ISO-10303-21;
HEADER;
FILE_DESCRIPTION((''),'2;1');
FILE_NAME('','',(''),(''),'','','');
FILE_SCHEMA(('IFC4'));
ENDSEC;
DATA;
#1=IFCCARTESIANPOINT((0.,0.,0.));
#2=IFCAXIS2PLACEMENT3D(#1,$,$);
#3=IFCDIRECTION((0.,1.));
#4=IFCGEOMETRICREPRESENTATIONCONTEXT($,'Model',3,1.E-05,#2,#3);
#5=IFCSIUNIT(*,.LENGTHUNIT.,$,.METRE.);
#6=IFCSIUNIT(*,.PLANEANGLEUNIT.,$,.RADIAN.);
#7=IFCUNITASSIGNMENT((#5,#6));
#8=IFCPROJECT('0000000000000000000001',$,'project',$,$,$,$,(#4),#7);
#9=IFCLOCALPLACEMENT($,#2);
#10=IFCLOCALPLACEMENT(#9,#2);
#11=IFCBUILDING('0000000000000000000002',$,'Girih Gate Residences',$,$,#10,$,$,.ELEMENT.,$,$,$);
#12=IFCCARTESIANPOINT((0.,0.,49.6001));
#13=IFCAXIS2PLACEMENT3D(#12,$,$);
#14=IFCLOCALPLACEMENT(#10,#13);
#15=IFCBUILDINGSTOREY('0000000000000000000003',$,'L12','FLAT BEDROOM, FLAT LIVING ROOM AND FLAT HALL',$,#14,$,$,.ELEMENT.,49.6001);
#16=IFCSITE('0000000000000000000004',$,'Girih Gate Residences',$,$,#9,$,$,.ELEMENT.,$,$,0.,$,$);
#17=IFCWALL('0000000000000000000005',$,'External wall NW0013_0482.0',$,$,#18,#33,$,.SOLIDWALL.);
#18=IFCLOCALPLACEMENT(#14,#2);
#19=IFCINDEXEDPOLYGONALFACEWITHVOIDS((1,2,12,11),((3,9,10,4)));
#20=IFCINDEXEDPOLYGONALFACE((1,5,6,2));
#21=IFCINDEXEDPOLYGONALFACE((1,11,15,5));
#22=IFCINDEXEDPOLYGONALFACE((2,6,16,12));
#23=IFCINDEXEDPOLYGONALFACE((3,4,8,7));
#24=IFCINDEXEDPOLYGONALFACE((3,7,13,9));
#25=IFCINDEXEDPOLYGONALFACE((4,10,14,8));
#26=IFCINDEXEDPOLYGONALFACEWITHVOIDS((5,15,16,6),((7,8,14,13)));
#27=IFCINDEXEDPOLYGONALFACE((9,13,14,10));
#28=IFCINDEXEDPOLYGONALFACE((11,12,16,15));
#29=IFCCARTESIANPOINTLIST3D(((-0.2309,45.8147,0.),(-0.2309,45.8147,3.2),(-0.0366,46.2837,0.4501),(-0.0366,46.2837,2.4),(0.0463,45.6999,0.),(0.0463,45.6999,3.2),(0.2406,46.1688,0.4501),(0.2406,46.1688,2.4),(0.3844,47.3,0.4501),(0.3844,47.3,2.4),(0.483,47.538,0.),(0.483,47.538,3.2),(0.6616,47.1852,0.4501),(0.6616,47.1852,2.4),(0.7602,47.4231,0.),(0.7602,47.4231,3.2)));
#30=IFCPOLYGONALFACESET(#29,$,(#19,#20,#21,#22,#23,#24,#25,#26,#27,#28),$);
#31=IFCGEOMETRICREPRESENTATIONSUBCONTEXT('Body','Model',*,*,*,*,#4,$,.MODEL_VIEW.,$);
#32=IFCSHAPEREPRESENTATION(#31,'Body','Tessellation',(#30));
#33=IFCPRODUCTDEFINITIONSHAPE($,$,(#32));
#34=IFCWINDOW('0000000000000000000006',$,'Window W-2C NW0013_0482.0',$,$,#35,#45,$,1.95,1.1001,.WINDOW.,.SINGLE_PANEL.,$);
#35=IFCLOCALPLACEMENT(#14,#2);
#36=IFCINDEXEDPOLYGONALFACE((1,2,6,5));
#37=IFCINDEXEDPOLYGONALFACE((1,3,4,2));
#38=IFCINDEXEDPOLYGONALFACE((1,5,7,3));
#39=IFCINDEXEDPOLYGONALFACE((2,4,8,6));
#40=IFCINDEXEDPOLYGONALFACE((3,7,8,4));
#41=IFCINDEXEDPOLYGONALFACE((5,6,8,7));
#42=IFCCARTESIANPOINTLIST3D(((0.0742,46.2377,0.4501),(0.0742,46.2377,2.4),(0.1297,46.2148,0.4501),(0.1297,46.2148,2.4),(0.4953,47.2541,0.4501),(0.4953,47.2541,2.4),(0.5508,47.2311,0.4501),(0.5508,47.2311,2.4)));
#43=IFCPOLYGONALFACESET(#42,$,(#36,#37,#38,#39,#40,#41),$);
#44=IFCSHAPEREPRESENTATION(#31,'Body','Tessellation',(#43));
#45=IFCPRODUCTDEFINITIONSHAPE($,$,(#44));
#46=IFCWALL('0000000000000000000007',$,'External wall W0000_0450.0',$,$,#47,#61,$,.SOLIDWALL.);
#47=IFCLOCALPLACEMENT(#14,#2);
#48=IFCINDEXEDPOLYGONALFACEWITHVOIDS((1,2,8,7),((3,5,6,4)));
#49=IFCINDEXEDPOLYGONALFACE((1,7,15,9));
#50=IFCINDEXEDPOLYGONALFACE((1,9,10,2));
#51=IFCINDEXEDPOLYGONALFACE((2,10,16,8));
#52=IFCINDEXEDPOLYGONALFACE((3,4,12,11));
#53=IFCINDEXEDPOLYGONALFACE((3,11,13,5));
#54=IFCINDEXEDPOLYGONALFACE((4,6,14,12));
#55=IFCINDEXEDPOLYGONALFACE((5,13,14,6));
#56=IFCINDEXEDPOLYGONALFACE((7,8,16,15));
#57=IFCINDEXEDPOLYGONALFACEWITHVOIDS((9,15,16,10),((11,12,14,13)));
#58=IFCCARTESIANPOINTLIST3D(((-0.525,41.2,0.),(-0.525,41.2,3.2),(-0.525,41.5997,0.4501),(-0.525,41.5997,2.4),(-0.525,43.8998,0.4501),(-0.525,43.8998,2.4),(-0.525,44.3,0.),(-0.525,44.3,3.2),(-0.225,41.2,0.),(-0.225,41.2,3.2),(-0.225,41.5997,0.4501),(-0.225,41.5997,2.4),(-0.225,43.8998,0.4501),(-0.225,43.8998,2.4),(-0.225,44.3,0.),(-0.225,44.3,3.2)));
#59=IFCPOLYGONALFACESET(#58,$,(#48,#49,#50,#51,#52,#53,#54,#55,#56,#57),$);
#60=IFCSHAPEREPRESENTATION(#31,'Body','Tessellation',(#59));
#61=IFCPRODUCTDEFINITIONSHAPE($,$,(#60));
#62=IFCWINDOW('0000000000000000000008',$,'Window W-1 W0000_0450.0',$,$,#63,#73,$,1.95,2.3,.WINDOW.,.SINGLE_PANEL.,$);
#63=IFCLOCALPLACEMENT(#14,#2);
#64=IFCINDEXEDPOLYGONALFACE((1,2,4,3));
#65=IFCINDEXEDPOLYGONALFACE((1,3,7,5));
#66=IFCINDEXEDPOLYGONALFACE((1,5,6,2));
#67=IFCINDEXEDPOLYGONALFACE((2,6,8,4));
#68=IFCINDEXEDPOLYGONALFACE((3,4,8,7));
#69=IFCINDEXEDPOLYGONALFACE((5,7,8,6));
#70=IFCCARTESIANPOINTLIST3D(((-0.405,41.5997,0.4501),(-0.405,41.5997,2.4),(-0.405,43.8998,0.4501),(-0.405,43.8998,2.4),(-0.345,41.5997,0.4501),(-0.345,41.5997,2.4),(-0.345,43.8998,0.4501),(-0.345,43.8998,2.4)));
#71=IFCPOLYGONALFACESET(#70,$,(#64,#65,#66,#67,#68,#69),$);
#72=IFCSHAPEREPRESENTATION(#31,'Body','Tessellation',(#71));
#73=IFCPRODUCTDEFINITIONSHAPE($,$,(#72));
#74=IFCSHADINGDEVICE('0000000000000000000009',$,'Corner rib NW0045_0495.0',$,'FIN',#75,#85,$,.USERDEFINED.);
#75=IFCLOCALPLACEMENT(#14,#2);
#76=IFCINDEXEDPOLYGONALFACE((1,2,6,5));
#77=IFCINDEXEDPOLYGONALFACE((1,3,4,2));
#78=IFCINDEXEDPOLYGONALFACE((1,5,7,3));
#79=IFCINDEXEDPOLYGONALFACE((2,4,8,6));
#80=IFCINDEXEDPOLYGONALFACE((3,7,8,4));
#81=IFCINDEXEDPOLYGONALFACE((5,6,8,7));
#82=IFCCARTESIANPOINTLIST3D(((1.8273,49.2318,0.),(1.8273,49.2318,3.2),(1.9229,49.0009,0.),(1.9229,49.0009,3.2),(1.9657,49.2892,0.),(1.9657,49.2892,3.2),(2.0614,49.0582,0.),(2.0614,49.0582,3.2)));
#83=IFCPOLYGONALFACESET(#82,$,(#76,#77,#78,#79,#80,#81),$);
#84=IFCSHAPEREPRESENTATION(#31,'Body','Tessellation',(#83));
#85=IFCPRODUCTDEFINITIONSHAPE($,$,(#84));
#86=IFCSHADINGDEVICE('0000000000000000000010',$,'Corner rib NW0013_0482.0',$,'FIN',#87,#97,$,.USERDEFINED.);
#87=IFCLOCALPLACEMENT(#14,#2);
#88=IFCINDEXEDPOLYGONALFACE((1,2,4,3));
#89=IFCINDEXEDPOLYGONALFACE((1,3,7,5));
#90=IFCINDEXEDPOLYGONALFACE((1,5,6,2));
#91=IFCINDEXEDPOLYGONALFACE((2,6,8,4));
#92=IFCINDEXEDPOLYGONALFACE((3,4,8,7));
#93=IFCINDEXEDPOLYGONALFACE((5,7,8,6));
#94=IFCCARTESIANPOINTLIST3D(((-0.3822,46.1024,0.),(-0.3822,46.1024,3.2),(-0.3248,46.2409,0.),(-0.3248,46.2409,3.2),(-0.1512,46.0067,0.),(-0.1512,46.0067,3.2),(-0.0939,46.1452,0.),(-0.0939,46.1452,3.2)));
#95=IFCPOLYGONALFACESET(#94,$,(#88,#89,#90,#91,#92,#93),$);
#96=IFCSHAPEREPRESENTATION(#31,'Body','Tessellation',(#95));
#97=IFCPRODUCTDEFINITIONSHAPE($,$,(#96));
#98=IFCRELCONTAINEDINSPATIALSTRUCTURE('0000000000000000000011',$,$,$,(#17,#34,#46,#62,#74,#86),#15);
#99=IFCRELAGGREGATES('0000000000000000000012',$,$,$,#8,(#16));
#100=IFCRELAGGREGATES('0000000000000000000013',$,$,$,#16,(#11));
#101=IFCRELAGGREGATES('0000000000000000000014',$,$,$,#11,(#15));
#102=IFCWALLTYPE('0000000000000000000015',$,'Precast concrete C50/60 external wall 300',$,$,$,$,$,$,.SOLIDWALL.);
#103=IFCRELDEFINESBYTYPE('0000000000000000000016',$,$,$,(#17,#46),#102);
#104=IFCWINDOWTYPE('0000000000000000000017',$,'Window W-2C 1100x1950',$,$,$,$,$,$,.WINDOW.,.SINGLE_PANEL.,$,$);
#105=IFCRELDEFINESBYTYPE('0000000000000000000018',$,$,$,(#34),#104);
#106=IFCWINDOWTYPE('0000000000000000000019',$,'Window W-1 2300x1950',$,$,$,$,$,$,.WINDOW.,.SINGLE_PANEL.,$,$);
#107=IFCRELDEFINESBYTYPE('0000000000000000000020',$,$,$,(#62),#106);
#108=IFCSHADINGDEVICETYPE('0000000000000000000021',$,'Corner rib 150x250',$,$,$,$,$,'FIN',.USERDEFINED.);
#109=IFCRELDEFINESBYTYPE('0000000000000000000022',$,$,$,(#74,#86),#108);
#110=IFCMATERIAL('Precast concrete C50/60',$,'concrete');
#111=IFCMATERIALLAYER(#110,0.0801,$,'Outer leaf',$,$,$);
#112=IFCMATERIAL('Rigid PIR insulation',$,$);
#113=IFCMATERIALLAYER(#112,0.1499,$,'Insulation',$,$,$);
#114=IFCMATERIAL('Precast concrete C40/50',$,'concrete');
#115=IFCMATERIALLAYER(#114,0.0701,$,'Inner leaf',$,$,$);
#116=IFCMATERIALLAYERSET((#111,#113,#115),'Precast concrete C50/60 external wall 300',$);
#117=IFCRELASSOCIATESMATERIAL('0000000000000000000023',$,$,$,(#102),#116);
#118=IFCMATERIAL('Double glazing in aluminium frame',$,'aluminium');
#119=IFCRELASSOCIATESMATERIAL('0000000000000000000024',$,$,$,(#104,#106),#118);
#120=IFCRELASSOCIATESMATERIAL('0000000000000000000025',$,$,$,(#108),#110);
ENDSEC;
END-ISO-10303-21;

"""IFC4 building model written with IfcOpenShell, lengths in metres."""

from ifc_helpers import new_model, si_unit, direction, frame, frame_2d, origin, origin_2d, place, context, subcontext, project, spatial, rectangle, extrude, material, layer, layer_set, type_object, element, fill, save


model = new_model("IFC4")

# Units and contexts
model_context = context("Model", 3, precision=1e-05, world=origin(), true_north=direction((0.0, 1.0)))
body_context = subcontext(model_context, "Body", "Model", "MODEL_VIEW")
ifc_project = project(units=[si_unit("LENGTHUNIT", "METRE"), si_unit("PLANEANGLEUNIT", "RADIAN")], contexts=[model_context])

# Site, building, storey
site_placement = place(None, origin())
site = spatial("IfcSite", under=ifc_project, at=site_placement, Name="Girih Gate Residences", CompositionType="ELEMENT", RefElevation=0.0)
building_placement = place(site_placement, origin())
building = spatial("IfcBuilding", under=site, at=building_placement, Name="Girih Gate Residences", CompositionType="ELEMENT")
storey_placement = place(building_placement, frame((0.0, 0.0, 49.6001)))
storey = spatial("IfcBuildingStorey", under=building, at=storey_placement, Name="L12", Description="FLAT BEDROOM, FLAT LIVING ROOM AND FLAT HALL", CompositionType="ELEMENT", Elevation=49.6001)

# Walls, openings, windows
ifc_material_1 = material(Name="Precast concrete C50/60", Category="concrete")
ifc_layer_1 = layer(ifc_material_1, 0.0801, Name="Outer leaf")
ifc_material_2 = material(Name="Rigid PIR insulation")
ifc_layer_2 = layer(ifc_material_2, 0.1499, Name="Insulation")
ifc_material_3 = material(Name="Precast concrete C40/50", Category="concrete")
ifc_layer_3 = layer(ifc_material_3, 0.0701, Name="Inner leaf")
ifc_layer_set_1 = layer_set([ifc_layer_1, ifc_layer_2, ifc_layer_3], Name="Precast concrete C50/60 external wall 300")
wall_type_1 = type_object("IfcWallType", Name="Precast concrete C50/60 external wall 300", PredefinedType="SOLIDWALL", material=ifc_layer_set_1)
ifc_material_4 = material(Name="Double glazing in aluminium frame", Category="aluminium")
window_type_1 = type_object("IfcWindowType", Name="Window W-2C 1100x1950", PartitioningType="SINGLE_PANEL", PredefinedType="WINDOW", material=ifc_material_4)
wall_1_placement = place(storey_placement, frame((-0.0923, 45.7573, 0.0), z_axis=(0.0, 0.0, 1.0), x_axis=(0.382737, 0.923857, 0.0)))
wall_1 = element("IfcWall", 1, at=wall_1_placement, inside=storey, type_object=wall_type_1, Name="External wall NW0013_0482.0", PredefinedType="SOLIDWALL", context=body_context, shape_type="SweptSolid", body=[
    extrude(rectangle(XDim=1.8652, YDim=0.3, at=frame_2d((0.9326, 0.0))), origin(), (0.0, 0.0, 1.0), 3.2),
])
opening_1_placement = place(wall_1_placement, frame((0.5076, 0.0, 0.45)))
opening_1 = element("IfcOpeningElement", 2, at=opening_1_placement, cuts=wall_1, PredefinedType="OPENING", context=body_context, shape_type="SweptSolid", body=[
    extrude(rectangle(XDim=1.1001, YDim=1.95, at=frame_2d((0.55, 0.9751))), frame((0.0, 0.1599, 0.0), z_axis=(0.0, -1.0, 0.0), x_axis=(1.0, 0.0, 0.0)), (0.0, 0.0, 1.0), 0.3201),
])
window_1_placement = place(opening_1_placement, origin())
window_1 = element("IfcWindow", 3, at=window_1_placement, inside=storey, type_object=window_type_1, Name="Window W-2C NW0013_0482.0", OverallHeight=1.95, OverallWidth=1.1001, PartitioningType="SINGLE_PANEL", PredefinedType="WINDOW", context=body_context, shape_type="SweptSolid", body=[
    extrude(rectangle(XDim=1.1001, YDim=1.95, at=frame_2d((0.55, 0.9751))), frame((0.0, 0.03, 0.0), z_axis=(0.0, -1.0, 0.0), x_axis=(1.0, 0.0, 0.0)), (0.0, 0.0, 1.0), 0.0601),
])
fill(opening_1, window_1)
wall_2_placement = place(storey_placement, frame((-0.375, 41.2, 0.0), z_axis=(0.0, 0.0, 1.0), x_axis=(0.0, 1.0, 0.0)))
wall_2 = element("IfcWall", 4, at=wall_2_placement, inside=storey, type_object=wall_type_1, Name="External wall W0000_0450.0", PredefinedType="SOLIDWALL", context=body_context, shape_type="SweptSolid", body=[
    extrude(rectangle(XDim=3.1001, YDim=0.3, at=frame_2d((1.55, 0.0))), origin(), (0.0, 0.0, 1.0), 3.2),
])
opening_2_placement = place(wall_2_placement, frame((0.3999, 0.0, 0.45)))
opening_2 = element("IfcOpeningElement", 5, at=opening_2_placement, cuts=wall_2, PredefinedType="OPENING", context=body_context, shape_type="SweptSolid", body=[
    extrude(rectangle(XDim=2.3, YDim=1.95, at=frame_2d((1.1499, 0.9751))), frame((0.0, 0.1599, 0.0), z_axis=(0.0, -1.0, 0.0), x_axis=(1.0, 0.0, 0.0)), (0.0, 0.0, 1.0), 0.3201),
])
window_type_2 = type_object("IfcWindowType", Name="Window W-1 2300x1950", PartitioningType="SINGLE_PANEL", PredefinedType="WINDOW", material=ifc_material_4)
window_2_placement = place(opening_2_placement, origin())
window_2 = element("IfcWindow", 6, at=window_2_placement, inside=storey, type_object=window_type_2, Name="Window W-1 W0000_0450.0", OverallHeight=1.95, OverallWidth=2.3, PartitioningType="SINGLE_PANEL", PredefinedType="WINDOW", context=body_context, shape_type="SweptSolid", body=[
    extrude(rectangle(XDim=2.3, YDim=1.95, at=frame_2d((1.1499, 0.9751))), frame((0.0, 0.03, 0.0), z_axis=(0.0, -1.0, 0.0), x_axis=(1.0, 0.0, 0.0)), (0.0, 0.0, 1.0), 0.0601),
])
fill(opening_2, window_2)

# Shading devices
shading_device_type = type_object("IfcShadingDeviceType", Name="Corner rib 150x250", ElementType="FIN", PredefinedType="USERDEFINED", material=ifc_material_1)
for number, where, z_axis, x_axis, name in (
    (7, (1.9443, 49.145, 0.0), (0.0, 0.0, 1.0), (-0.92388, -0.382683, 0.0), "Corner rib NW0045_0495.0"),
    (8, (-0.238, 46.1238, 0.0), (0.0, 0.0, 1.0), (-0.382683, -0.92388, 0.0), "Corner rib NW0013_0482.0"),
):
    element("IfcShadingDevice", number, at=place(storey_placement, frame(where, z_axis=z_axis, x_axis=x_axis)), inside=storey, type_object=shading_device_type, Name=name, ObjectType="FIN", PredefinedType="USERDEFINED", context=body_context, shape_type="SweptSolid", body=[
        extrude(rectangle(XDim=0.1499, YDim=0.25, at=origin_2d()), origin(), (0.0, 0.0, 1.0), 3.2),
    ])

save(model, "model.ifc")
